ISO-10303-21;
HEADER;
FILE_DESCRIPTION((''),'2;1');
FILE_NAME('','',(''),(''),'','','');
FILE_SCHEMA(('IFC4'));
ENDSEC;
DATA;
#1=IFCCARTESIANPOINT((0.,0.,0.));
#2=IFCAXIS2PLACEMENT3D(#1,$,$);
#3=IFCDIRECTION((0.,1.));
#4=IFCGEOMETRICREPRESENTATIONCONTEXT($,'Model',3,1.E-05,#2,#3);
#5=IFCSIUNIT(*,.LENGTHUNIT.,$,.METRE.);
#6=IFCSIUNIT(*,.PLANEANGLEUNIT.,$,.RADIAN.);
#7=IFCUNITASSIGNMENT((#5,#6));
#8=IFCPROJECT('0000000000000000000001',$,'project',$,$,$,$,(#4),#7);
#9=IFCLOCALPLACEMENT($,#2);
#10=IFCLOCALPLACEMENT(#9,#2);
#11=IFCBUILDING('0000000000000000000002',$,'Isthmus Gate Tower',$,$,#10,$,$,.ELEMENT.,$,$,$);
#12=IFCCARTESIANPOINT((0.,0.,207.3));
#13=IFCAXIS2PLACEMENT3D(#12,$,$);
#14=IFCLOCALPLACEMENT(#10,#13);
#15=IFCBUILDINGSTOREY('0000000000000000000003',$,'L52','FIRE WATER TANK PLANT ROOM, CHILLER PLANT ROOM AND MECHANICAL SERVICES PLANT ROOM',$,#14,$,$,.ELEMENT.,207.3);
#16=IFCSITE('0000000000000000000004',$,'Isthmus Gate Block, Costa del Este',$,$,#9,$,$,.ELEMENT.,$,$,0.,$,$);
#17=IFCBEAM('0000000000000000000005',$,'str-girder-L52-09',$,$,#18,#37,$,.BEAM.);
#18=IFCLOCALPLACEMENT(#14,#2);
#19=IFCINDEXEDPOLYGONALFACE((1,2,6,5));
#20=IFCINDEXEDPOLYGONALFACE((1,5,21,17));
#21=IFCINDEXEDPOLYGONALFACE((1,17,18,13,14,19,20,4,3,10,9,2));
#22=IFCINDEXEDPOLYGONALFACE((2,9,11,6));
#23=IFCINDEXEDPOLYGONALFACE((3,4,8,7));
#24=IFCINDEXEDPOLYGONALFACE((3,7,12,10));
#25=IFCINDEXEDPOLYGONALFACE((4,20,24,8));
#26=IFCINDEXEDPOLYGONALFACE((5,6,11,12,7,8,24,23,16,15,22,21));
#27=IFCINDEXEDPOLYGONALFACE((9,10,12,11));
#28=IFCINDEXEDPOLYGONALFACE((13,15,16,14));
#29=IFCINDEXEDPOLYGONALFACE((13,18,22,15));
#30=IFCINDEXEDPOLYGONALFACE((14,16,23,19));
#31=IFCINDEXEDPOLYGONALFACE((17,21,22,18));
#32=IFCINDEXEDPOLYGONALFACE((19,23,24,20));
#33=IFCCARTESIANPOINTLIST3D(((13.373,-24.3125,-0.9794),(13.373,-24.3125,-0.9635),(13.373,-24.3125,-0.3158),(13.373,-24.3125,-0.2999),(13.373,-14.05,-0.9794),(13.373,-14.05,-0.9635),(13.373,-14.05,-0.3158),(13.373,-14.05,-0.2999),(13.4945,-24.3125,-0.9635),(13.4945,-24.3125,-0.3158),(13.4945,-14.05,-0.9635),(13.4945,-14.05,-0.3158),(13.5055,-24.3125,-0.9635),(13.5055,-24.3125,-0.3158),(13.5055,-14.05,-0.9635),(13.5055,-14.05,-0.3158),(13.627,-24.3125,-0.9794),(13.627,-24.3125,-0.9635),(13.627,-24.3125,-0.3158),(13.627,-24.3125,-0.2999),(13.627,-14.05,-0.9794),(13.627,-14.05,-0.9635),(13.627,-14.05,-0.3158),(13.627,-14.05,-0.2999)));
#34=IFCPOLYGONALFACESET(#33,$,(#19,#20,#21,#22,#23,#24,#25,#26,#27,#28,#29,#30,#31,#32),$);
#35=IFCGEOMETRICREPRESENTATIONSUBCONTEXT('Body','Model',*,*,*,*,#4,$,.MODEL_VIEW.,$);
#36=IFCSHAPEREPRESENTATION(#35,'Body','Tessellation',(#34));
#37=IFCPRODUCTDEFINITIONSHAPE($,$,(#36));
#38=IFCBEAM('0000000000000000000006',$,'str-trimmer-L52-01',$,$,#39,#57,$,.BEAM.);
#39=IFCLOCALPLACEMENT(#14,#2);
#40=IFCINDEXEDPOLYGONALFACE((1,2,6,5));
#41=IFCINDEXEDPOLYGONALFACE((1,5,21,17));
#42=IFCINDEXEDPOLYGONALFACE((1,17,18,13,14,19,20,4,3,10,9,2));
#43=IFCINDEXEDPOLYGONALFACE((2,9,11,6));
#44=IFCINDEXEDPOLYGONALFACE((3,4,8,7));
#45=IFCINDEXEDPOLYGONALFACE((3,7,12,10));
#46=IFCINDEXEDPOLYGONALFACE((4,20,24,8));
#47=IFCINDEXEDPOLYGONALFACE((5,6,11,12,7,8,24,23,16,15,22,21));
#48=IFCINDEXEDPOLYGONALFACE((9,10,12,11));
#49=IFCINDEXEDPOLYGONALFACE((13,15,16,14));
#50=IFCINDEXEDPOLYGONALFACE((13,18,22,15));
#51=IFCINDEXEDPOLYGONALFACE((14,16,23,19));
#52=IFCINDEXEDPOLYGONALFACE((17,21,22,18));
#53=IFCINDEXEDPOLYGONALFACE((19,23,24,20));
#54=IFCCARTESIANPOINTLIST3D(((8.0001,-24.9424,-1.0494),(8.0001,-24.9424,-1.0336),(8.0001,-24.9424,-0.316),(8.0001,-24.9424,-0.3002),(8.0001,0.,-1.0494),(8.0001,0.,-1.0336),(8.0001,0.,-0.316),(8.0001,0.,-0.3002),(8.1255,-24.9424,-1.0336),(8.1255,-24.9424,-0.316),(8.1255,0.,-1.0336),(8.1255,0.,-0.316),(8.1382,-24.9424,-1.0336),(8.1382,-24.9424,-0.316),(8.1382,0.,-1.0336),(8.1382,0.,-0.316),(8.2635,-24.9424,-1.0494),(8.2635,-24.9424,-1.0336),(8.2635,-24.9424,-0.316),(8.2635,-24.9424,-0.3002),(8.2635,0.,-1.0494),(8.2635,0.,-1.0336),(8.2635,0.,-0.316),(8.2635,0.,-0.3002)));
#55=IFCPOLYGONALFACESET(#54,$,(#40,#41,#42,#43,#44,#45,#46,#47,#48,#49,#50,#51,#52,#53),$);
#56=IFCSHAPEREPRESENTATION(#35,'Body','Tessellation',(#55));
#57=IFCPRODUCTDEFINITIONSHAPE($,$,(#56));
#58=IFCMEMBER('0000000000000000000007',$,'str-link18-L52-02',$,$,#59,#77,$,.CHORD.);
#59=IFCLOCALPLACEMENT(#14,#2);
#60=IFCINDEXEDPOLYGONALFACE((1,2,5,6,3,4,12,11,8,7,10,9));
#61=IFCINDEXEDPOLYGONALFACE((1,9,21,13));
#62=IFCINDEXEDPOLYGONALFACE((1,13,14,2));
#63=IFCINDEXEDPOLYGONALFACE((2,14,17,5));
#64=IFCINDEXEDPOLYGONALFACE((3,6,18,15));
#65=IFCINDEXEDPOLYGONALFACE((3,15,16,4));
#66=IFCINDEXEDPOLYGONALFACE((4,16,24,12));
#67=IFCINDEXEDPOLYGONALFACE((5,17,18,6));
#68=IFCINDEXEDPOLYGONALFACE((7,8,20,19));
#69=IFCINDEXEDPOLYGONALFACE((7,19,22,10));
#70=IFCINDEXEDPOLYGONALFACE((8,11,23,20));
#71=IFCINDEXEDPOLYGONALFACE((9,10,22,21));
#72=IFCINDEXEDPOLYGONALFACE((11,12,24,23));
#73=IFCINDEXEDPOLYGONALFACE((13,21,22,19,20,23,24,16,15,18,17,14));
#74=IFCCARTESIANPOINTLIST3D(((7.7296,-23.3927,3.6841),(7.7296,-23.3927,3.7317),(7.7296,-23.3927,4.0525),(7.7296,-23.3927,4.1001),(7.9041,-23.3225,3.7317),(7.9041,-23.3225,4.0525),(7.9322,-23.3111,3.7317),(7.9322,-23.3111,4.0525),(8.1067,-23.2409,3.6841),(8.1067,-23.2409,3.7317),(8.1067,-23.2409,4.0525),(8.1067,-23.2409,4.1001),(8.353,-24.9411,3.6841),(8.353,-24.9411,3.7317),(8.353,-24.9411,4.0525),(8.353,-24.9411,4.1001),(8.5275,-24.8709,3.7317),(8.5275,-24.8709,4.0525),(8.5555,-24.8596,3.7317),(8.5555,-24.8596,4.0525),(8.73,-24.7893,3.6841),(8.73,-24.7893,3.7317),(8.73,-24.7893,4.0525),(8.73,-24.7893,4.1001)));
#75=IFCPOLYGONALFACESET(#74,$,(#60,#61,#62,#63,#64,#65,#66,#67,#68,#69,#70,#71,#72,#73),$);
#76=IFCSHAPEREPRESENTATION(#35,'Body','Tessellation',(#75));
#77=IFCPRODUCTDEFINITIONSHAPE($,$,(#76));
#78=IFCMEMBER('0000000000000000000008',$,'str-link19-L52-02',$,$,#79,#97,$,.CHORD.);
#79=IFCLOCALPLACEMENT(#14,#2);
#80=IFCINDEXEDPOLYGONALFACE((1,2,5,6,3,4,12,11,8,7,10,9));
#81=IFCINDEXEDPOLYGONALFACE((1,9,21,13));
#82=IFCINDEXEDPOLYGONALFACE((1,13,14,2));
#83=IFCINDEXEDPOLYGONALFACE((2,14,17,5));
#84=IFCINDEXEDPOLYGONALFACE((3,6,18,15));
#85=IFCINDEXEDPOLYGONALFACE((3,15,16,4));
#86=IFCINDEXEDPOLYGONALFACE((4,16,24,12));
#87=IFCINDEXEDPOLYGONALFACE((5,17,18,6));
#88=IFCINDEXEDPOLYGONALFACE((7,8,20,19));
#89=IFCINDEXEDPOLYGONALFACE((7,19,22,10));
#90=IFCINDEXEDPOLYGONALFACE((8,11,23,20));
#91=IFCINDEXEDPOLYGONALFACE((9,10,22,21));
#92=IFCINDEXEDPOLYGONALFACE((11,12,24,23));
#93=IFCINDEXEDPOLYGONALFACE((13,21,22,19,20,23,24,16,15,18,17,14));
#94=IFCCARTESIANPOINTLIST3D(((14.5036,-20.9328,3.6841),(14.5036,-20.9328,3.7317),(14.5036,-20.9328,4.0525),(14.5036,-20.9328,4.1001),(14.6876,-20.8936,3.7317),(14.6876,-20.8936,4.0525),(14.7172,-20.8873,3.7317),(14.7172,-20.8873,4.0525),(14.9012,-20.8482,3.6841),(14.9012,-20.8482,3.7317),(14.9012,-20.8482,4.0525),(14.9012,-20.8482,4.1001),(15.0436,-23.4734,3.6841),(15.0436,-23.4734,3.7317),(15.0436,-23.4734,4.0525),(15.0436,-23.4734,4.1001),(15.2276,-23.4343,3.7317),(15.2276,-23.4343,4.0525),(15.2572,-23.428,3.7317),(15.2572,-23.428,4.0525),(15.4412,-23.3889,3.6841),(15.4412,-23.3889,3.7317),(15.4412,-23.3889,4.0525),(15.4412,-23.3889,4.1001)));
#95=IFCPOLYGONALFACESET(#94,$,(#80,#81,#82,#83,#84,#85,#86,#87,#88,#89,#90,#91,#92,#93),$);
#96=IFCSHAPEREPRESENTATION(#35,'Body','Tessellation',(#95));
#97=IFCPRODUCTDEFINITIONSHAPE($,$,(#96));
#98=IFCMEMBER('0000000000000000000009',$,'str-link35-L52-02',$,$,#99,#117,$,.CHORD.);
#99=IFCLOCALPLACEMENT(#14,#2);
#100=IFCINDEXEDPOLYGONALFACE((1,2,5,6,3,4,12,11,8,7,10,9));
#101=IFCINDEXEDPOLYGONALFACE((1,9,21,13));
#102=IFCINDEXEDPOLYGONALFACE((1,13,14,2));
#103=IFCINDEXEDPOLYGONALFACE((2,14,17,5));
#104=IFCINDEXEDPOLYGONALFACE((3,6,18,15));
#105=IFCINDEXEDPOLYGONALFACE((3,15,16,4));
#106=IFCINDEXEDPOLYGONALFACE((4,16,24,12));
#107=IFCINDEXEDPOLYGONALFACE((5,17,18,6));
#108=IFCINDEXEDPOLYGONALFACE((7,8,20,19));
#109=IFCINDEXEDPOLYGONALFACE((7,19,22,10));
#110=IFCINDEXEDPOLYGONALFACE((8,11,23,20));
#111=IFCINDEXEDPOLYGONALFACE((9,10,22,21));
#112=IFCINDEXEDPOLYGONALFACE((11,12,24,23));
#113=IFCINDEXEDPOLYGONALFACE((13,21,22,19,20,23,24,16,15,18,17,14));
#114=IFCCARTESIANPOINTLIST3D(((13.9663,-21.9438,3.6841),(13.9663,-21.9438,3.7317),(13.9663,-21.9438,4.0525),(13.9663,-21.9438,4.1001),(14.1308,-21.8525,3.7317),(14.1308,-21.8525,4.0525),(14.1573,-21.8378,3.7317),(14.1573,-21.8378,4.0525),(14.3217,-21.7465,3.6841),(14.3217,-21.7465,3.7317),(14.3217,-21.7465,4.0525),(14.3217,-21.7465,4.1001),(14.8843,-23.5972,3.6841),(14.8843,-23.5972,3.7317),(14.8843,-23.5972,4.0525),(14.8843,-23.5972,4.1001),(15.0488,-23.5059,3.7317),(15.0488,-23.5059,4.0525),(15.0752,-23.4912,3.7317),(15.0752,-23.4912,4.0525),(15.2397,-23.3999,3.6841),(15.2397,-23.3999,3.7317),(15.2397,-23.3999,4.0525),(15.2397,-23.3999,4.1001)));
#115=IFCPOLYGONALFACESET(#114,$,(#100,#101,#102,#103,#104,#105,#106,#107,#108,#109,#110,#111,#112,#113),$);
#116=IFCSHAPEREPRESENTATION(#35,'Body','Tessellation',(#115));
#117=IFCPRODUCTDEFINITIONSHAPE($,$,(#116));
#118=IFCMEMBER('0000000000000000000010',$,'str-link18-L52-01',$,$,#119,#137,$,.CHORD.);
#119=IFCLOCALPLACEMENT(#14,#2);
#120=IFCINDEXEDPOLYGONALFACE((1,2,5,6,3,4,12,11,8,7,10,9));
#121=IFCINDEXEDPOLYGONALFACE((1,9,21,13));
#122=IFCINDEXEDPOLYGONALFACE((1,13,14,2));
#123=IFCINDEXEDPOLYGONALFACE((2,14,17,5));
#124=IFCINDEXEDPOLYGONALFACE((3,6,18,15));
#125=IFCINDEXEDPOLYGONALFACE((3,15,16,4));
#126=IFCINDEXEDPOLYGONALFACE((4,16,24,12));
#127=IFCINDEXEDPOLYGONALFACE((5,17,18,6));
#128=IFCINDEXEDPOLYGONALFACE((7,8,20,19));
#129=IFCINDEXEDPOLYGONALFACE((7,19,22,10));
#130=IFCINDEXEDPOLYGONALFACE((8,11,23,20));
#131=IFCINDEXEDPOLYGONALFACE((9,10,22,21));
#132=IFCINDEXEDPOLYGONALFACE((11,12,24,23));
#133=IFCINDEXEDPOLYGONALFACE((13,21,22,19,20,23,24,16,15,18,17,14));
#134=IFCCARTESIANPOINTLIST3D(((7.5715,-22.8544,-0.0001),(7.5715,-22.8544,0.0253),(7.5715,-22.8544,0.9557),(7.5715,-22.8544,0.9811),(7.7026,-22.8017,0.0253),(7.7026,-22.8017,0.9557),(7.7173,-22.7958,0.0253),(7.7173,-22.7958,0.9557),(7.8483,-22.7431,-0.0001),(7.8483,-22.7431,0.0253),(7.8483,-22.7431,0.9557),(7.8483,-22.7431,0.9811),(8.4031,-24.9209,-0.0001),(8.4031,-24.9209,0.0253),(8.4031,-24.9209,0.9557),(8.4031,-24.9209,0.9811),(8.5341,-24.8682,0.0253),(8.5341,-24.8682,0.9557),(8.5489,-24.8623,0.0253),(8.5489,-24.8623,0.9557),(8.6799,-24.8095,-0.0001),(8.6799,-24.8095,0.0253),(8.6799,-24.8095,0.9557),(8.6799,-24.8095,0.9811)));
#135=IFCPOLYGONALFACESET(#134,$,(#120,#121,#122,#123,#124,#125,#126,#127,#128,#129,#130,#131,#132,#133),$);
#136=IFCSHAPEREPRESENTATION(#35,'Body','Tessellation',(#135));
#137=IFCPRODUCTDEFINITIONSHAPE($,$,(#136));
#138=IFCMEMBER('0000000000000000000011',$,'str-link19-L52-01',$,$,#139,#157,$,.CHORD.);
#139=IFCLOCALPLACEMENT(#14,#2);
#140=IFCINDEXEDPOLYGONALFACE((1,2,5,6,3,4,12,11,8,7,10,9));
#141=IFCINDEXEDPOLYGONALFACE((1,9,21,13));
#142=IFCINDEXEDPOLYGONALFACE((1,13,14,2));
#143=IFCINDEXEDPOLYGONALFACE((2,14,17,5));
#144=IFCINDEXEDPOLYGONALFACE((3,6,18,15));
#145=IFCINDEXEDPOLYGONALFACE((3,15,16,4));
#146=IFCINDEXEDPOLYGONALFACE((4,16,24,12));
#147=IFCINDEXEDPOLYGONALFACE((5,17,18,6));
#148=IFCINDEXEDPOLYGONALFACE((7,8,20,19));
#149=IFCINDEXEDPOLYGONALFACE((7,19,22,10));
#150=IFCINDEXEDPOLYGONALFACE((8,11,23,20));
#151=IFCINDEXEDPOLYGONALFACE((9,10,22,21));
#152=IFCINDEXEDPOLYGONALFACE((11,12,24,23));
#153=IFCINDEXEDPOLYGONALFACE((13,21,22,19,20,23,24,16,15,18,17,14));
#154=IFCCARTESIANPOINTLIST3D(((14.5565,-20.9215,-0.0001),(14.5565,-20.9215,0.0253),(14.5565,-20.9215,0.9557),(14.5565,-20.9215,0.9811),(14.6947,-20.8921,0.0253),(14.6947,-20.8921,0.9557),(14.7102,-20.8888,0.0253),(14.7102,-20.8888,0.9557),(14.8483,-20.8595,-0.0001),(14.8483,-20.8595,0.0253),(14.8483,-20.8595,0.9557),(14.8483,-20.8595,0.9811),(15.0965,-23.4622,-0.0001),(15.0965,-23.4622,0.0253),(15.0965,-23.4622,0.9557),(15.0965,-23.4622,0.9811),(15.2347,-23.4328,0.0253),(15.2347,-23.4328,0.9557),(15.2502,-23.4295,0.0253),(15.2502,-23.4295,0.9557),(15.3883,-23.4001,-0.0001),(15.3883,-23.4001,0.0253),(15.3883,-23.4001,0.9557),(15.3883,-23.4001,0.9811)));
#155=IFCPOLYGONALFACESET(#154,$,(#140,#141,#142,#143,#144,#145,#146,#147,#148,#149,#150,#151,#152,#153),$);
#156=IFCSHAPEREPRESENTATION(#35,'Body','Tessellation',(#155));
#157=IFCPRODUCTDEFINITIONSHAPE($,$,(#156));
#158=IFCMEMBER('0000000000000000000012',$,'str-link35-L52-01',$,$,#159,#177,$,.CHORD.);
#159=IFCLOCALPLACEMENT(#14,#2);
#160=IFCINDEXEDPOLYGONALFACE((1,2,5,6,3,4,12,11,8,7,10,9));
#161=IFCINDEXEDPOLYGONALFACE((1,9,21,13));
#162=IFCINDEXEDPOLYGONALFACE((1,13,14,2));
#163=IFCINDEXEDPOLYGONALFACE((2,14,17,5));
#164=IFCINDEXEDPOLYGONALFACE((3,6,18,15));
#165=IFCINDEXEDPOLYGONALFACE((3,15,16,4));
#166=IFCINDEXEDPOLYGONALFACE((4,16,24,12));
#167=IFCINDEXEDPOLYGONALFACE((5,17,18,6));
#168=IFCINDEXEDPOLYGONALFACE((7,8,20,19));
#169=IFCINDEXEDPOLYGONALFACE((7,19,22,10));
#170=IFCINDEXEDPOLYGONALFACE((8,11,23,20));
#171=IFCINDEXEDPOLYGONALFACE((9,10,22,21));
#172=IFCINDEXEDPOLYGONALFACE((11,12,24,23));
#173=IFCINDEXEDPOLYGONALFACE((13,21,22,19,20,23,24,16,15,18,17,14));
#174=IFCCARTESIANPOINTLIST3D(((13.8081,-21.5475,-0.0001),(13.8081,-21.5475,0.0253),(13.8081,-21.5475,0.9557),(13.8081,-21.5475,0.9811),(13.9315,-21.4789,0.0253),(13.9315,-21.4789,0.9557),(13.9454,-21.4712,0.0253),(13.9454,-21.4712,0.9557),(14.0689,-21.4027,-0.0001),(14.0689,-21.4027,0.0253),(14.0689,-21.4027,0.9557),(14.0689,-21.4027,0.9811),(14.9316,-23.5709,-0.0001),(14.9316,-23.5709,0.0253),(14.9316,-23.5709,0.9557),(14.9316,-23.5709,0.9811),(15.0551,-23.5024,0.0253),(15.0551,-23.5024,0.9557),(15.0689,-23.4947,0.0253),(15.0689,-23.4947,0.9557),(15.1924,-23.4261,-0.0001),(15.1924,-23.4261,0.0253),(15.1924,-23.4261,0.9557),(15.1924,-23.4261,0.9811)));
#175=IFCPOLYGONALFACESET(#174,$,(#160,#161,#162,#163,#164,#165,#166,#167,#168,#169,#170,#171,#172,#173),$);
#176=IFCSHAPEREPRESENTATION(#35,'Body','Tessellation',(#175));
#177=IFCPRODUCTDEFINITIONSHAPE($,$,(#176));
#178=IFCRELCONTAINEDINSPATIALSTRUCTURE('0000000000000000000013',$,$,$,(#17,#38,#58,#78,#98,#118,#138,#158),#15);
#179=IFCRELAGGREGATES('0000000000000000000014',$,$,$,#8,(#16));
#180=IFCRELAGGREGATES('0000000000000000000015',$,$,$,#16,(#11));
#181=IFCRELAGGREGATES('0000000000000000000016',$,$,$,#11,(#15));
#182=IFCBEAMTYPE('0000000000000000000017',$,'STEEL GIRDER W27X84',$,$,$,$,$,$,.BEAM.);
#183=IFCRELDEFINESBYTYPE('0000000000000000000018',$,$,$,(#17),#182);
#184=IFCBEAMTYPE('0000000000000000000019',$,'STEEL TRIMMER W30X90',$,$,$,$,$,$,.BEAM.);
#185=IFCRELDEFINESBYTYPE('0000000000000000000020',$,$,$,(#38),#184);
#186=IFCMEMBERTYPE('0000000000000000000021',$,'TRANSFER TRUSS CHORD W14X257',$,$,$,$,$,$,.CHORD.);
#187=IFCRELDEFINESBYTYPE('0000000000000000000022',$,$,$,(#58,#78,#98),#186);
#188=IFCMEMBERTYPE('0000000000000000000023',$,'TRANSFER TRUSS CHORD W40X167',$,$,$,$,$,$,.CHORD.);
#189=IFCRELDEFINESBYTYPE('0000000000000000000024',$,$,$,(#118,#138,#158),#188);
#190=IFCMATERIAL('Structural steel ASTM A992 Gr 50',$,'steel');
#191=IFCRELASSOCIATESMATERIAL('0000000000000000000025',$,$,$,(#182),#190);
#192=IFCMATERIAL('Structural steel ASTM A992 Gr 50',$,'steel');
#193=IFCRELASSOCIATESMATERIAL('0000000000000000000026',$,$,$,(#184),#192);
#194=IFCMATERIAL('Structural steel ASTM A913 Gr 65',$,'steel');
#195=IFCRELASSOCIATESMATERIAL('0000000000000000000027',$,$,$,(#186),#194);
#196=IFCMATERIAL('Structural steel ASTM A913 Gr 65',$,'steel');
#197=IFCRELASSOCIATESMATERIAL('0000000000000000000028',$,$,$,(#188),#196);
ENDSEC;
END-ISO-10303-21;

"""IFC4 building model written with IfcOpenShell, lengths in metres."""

from ifc_helpers import new_model, si_unit, direction, frame, origin, origin_2d, place, context, subcontext, project, spatial, i_section, extrude, material, material_profile, profile_set, type_object, element, save


model = new_model("IFC4")

# Units and contexts
model_context = context("Model", 3, precision=1e-05, world=origin(), true_north=direction((0.0, 1.0)))
body_context = subcontext(model_context, "Body", "Model", "MODEL_VIEW")
ifc_project = project(units=[si_unit("LENGTHUNIT", "METRE"), si_unit("PLANEANGLEUNIT", "RADIAN")], contexts=[model_context])

# Site, building, storey
site_placement = place(None, origin())
site = spatial("IfcSite", under=ifc_project, at=site_placement, Name="Isthmus Gate Block, Costa del Este", CompositionType="ELEMENT", RefElevation=0.0)
building_placement = place(site_placement, origin())
building = spatial("IfcBuilding", under=site, at=building_placement, Name="Isthmus Gate Tower", CompositionType="ELEMENT")
storey_placement = place(building_placement, frame((0.0, 0.0, 207.3)))
storey = spatial("IfcBuildingStorey", under=building, at=storey_placement, Name="L52", Description="FIRE WATER TANK PLANT ROOM, CHILLER PLANT ROOM AND MECHANICAL SERVICES PLANT ROOM", CompositionType="ELEMENT", Elevation=207.3)

# Beams
ifc_material_1 = material(Name="Structural steel ASTM A992 Gr 50", Category="steel")
ifc_material_profile_1 = material_profile(ifc_material_1, i_section(OverallWidth=0.2539, OverallDepth=0.6794, WebThickness=0.011, FlangeThickness=0.0159, at=origin_2d()), Name="W27X84")
ifc_profile_set_1 = profile_set([ifc_material_profile_1], Name="Structural steel ASTM A992 Gr 50")
beam_type_1 = type_object("IfcBeamType", Name="STEEL GIRDER W27X84", PredefinedType="BEAM", material=ifc_profile_set_1)
beam_1_placement = place(storey_placement, frame((13.5, -24.3125, -0.6396), z_axis=(0.0, 1.0, 0.0), x_axis=(-1.0, 0.0, 0.0)))
element("IfcBeam", 1, at=beam_1_placement, inside=storey, type_object=beam_type_1, Name="str-girder-L52-09", PredefinedType="BEAM", context=body_context, shape_type="SweptSolid", body=[
    extrude(i_section(OverallWidth=0.2539, OverallDepth=0.6794, WebThickness=0.011, FlangeThickness=0.0159, at=origin_2d()), origin(), (0.0, 0.0, 1.0), 10.2625),
])
ifc_material_2 = material(Name="Structural steel ASTM A992 Gr 50", Category="steel")
ifc_material_profile_2 = material_profile(ifc_material_2, i_section(OverallWidth=0.2634, OverallDepth=0.7493, WebThickness=0.0127, FlangeThickness=0.0159, at=origin_2d()), Name="W30X90")
ifc_profile_set_2 = profile_set([ifc_material_profile_2], Name="Structural steel ASTM A992 Gr 50")
beam_type_2 = type_object("IfcBeamType", Name="STEEL TRIMMER W30X90", PredefinedType="BEAM", material=ifc_profile_set_2)
beam_2_placement = place(storey_placement, frame((8.1318, -24.9424, -0.6748), z_axis=(0.0, 1.0, 0.0), x_axis=(-1.0, 0.0, 0.0)))
element("IfcBeam", 2, at=beam_2_placement, inside=storey, type_object=beam_type_2, Name="str-trimmer-L52-01", PredefinedType="BEAM", context=body_context, shape_type="SweptSolid", body=[
    extrude(i_section(OverallWidth=0.2634, OverallDepth=0.7493, WebThickness=0.0127, FlangeThickness=0.0159, at=origin_2d()), origin(), (0.0, 0.0, 1.0), 24.9424),
])

# Members
ifc_material_3 = material(Name="Structural steel ASTM A913 Gr 65", Category="steel")
ifc_material_profile_3 = material_profile(ifc_material_3, i_section(OverallWidth=0.4065, OverallDepth=0.416, WebThickness=0.0303, FlangeThickness=0.0476, at=origin_2d()), Name="W14X257")
ifc_profile_set_3 = profile_set([ifc_material_profile_3], Name="Structural steel ASTM A913 Gr 65")
member_type_1 = type_object("IfcMemberType", Name="TRANSFER TRUSS CHORD W14X257", PredefinedType="CHORD", material=ifc_profile_set_3)
member_1_placement = place(storey_placement, frame((8.5415, -24.8652, 3.8921), z_axis=(-0.373433, 0.927657, 0.0), x_axis=(-0.927657, -0.373433, 0.0)))
element("IfcMember", 3, at=member_1_placement, inside=storey, type_object=member_type_1, Name="str-link18-L52-02", PredefinedType="CHORD", context=body_context, shape_type="SweptSolid", body=[
    extrude(i_section(OverallWidth=0.4065, OverallDepth=0.416, WebThickness=0.0303, FlangeThickness=0.0476, at=origin_2d()), origin(), (0.0, 0.0, 1.0), 1.6692),
])
member_2_placement = place(storey_placement, frame((15.2424, -23.4312, 3.8921), z_axis=(-0.207905, 0.978149, 0.0), x_axis=(-0.978149, -0.207905, 0.0)))
element("IfcMember", 4, at=member_2_placement, inside=storey, type_object=member_type_1, Name="str-link19-L52-02", PredefinedType="CHORD", context=body_context, shape_type="SweptSolid", body=[
    extrude(i_section(OverallWidth=0.4065, OverallDepth=0.416, WebThickness=0.0303, FlangeThickness=0.0476, at=origin_2d()), origin(), (0.0, 0.0, 1.0), 2.5974),
])
member_3_placement = place(storey_placement, frame((15.062, -23.4985, 3.8921), z_axis=(-0.485424, 0.874279, 0.0), x_axis=(-0.874279, -0.485424, 0.0)))
element("IfcMember", 5, at=member_3_placement, inside=storey, type_object=member_type_1, Name="str-link35-L52-02", PredefinedType="CHORD", context=body_context, shape_type="SweptSolid", body=[
    extrude(i_section(OverallWidth=0.4065, OverallDepth=0.416, WebThickness=0.0303, FlangeThickness=0.0476, at=origin_2d()), origin(), (0.0, 0.0, 1.0), 1.8911),
])
ifc_material_4 = material(Name="Structural steel ASTM A913 Gr 65", Category="steel")
ifc_material_profile_4 = material_profile(ifc_material_4, i_section(OverallWidth=0.2983, OverallDepth=0.9812, WebThickness=0.0159, FlangeThickness=0.0254, at=origin_2d()), Name="W40X167")
ifc_profile_set_4 = profile_set([ifc_material_profile_4], Name="Structural steel ASTM A913 Gr 65")
member_type_2 = type_object("IfcMemberType", Name="TRANSFER TRUSS CHORD W40X167", PredefinedType="CHORD", material=ifc_profile_set_4)
member_4_placement = place(storey_placement, frame((8.5415, -24.8652, 0.4905), z_axis=(-0.373317, 0.927704, 0.0), x_axis=(-0.927704, -0.373317, 0.0)))
element("IfcMember", 6, at=member_4_placement, inside=storey, type_object=member_type_2, Name="str-link18-L52-01", PredefinedType="CHORD", context=body_context, shape_type="SweptSolid", body=[
    extrude(i_section(OverallWidth=0.2983, OverallDepth=0.9812, WebThickness=0.0159, FlangeThickness=0.0254, at=origin_2d()), origin(), (0.0, 0.0, 1.0), 2.2275),
])
member_5_placement = place(storey_placement, frame((15.2424, -23.4312, 0.4905), z_axis=(-0.207905, 0.978149, 0.0), x_axis=(-0.978149, -0.207905, 0.0)))
element("IfcMember", 7, at=member_5_placement, inside=storey, type_object=member_type_2, Name="str-link19-L52-01", PredefinedType="CHORD", context=body_context, shape_type="SweptSolid", body=[
    extrude(i_section(OverallWidth=0.2983, OverallDepth=0.9812, WebThickness=0.0159, FlangeThickness=0.0254, at=origin_2d()), origin(), (0.0, 0.0, 1.0), 2.5974),
])
member_6_placement = place(storey_placement, frame((15.062, -23.4985, 0.4905), z_axis=(-0.485446, 0.874267, 0.0), x_axis=(-0.874267, -0.485446, 0.0)))
element("IfcMember", 8, at=member_6_placement, inside=storey, type_object=member_type_2, Name="str-link35-L52-01", PredefinedType="CHORD", context=body_context, shape_type="SweptSolid", body=[
    extrude(i_section(OverallWidth=0.2983, OverallDepth=0.9812, WebThickness=0.0159, FlangeThickness=0.0254, at=origin_2d()), origin(), (0.0, 0.0, 1.0), 2.3145),
])

save(model, "model.ifc")
